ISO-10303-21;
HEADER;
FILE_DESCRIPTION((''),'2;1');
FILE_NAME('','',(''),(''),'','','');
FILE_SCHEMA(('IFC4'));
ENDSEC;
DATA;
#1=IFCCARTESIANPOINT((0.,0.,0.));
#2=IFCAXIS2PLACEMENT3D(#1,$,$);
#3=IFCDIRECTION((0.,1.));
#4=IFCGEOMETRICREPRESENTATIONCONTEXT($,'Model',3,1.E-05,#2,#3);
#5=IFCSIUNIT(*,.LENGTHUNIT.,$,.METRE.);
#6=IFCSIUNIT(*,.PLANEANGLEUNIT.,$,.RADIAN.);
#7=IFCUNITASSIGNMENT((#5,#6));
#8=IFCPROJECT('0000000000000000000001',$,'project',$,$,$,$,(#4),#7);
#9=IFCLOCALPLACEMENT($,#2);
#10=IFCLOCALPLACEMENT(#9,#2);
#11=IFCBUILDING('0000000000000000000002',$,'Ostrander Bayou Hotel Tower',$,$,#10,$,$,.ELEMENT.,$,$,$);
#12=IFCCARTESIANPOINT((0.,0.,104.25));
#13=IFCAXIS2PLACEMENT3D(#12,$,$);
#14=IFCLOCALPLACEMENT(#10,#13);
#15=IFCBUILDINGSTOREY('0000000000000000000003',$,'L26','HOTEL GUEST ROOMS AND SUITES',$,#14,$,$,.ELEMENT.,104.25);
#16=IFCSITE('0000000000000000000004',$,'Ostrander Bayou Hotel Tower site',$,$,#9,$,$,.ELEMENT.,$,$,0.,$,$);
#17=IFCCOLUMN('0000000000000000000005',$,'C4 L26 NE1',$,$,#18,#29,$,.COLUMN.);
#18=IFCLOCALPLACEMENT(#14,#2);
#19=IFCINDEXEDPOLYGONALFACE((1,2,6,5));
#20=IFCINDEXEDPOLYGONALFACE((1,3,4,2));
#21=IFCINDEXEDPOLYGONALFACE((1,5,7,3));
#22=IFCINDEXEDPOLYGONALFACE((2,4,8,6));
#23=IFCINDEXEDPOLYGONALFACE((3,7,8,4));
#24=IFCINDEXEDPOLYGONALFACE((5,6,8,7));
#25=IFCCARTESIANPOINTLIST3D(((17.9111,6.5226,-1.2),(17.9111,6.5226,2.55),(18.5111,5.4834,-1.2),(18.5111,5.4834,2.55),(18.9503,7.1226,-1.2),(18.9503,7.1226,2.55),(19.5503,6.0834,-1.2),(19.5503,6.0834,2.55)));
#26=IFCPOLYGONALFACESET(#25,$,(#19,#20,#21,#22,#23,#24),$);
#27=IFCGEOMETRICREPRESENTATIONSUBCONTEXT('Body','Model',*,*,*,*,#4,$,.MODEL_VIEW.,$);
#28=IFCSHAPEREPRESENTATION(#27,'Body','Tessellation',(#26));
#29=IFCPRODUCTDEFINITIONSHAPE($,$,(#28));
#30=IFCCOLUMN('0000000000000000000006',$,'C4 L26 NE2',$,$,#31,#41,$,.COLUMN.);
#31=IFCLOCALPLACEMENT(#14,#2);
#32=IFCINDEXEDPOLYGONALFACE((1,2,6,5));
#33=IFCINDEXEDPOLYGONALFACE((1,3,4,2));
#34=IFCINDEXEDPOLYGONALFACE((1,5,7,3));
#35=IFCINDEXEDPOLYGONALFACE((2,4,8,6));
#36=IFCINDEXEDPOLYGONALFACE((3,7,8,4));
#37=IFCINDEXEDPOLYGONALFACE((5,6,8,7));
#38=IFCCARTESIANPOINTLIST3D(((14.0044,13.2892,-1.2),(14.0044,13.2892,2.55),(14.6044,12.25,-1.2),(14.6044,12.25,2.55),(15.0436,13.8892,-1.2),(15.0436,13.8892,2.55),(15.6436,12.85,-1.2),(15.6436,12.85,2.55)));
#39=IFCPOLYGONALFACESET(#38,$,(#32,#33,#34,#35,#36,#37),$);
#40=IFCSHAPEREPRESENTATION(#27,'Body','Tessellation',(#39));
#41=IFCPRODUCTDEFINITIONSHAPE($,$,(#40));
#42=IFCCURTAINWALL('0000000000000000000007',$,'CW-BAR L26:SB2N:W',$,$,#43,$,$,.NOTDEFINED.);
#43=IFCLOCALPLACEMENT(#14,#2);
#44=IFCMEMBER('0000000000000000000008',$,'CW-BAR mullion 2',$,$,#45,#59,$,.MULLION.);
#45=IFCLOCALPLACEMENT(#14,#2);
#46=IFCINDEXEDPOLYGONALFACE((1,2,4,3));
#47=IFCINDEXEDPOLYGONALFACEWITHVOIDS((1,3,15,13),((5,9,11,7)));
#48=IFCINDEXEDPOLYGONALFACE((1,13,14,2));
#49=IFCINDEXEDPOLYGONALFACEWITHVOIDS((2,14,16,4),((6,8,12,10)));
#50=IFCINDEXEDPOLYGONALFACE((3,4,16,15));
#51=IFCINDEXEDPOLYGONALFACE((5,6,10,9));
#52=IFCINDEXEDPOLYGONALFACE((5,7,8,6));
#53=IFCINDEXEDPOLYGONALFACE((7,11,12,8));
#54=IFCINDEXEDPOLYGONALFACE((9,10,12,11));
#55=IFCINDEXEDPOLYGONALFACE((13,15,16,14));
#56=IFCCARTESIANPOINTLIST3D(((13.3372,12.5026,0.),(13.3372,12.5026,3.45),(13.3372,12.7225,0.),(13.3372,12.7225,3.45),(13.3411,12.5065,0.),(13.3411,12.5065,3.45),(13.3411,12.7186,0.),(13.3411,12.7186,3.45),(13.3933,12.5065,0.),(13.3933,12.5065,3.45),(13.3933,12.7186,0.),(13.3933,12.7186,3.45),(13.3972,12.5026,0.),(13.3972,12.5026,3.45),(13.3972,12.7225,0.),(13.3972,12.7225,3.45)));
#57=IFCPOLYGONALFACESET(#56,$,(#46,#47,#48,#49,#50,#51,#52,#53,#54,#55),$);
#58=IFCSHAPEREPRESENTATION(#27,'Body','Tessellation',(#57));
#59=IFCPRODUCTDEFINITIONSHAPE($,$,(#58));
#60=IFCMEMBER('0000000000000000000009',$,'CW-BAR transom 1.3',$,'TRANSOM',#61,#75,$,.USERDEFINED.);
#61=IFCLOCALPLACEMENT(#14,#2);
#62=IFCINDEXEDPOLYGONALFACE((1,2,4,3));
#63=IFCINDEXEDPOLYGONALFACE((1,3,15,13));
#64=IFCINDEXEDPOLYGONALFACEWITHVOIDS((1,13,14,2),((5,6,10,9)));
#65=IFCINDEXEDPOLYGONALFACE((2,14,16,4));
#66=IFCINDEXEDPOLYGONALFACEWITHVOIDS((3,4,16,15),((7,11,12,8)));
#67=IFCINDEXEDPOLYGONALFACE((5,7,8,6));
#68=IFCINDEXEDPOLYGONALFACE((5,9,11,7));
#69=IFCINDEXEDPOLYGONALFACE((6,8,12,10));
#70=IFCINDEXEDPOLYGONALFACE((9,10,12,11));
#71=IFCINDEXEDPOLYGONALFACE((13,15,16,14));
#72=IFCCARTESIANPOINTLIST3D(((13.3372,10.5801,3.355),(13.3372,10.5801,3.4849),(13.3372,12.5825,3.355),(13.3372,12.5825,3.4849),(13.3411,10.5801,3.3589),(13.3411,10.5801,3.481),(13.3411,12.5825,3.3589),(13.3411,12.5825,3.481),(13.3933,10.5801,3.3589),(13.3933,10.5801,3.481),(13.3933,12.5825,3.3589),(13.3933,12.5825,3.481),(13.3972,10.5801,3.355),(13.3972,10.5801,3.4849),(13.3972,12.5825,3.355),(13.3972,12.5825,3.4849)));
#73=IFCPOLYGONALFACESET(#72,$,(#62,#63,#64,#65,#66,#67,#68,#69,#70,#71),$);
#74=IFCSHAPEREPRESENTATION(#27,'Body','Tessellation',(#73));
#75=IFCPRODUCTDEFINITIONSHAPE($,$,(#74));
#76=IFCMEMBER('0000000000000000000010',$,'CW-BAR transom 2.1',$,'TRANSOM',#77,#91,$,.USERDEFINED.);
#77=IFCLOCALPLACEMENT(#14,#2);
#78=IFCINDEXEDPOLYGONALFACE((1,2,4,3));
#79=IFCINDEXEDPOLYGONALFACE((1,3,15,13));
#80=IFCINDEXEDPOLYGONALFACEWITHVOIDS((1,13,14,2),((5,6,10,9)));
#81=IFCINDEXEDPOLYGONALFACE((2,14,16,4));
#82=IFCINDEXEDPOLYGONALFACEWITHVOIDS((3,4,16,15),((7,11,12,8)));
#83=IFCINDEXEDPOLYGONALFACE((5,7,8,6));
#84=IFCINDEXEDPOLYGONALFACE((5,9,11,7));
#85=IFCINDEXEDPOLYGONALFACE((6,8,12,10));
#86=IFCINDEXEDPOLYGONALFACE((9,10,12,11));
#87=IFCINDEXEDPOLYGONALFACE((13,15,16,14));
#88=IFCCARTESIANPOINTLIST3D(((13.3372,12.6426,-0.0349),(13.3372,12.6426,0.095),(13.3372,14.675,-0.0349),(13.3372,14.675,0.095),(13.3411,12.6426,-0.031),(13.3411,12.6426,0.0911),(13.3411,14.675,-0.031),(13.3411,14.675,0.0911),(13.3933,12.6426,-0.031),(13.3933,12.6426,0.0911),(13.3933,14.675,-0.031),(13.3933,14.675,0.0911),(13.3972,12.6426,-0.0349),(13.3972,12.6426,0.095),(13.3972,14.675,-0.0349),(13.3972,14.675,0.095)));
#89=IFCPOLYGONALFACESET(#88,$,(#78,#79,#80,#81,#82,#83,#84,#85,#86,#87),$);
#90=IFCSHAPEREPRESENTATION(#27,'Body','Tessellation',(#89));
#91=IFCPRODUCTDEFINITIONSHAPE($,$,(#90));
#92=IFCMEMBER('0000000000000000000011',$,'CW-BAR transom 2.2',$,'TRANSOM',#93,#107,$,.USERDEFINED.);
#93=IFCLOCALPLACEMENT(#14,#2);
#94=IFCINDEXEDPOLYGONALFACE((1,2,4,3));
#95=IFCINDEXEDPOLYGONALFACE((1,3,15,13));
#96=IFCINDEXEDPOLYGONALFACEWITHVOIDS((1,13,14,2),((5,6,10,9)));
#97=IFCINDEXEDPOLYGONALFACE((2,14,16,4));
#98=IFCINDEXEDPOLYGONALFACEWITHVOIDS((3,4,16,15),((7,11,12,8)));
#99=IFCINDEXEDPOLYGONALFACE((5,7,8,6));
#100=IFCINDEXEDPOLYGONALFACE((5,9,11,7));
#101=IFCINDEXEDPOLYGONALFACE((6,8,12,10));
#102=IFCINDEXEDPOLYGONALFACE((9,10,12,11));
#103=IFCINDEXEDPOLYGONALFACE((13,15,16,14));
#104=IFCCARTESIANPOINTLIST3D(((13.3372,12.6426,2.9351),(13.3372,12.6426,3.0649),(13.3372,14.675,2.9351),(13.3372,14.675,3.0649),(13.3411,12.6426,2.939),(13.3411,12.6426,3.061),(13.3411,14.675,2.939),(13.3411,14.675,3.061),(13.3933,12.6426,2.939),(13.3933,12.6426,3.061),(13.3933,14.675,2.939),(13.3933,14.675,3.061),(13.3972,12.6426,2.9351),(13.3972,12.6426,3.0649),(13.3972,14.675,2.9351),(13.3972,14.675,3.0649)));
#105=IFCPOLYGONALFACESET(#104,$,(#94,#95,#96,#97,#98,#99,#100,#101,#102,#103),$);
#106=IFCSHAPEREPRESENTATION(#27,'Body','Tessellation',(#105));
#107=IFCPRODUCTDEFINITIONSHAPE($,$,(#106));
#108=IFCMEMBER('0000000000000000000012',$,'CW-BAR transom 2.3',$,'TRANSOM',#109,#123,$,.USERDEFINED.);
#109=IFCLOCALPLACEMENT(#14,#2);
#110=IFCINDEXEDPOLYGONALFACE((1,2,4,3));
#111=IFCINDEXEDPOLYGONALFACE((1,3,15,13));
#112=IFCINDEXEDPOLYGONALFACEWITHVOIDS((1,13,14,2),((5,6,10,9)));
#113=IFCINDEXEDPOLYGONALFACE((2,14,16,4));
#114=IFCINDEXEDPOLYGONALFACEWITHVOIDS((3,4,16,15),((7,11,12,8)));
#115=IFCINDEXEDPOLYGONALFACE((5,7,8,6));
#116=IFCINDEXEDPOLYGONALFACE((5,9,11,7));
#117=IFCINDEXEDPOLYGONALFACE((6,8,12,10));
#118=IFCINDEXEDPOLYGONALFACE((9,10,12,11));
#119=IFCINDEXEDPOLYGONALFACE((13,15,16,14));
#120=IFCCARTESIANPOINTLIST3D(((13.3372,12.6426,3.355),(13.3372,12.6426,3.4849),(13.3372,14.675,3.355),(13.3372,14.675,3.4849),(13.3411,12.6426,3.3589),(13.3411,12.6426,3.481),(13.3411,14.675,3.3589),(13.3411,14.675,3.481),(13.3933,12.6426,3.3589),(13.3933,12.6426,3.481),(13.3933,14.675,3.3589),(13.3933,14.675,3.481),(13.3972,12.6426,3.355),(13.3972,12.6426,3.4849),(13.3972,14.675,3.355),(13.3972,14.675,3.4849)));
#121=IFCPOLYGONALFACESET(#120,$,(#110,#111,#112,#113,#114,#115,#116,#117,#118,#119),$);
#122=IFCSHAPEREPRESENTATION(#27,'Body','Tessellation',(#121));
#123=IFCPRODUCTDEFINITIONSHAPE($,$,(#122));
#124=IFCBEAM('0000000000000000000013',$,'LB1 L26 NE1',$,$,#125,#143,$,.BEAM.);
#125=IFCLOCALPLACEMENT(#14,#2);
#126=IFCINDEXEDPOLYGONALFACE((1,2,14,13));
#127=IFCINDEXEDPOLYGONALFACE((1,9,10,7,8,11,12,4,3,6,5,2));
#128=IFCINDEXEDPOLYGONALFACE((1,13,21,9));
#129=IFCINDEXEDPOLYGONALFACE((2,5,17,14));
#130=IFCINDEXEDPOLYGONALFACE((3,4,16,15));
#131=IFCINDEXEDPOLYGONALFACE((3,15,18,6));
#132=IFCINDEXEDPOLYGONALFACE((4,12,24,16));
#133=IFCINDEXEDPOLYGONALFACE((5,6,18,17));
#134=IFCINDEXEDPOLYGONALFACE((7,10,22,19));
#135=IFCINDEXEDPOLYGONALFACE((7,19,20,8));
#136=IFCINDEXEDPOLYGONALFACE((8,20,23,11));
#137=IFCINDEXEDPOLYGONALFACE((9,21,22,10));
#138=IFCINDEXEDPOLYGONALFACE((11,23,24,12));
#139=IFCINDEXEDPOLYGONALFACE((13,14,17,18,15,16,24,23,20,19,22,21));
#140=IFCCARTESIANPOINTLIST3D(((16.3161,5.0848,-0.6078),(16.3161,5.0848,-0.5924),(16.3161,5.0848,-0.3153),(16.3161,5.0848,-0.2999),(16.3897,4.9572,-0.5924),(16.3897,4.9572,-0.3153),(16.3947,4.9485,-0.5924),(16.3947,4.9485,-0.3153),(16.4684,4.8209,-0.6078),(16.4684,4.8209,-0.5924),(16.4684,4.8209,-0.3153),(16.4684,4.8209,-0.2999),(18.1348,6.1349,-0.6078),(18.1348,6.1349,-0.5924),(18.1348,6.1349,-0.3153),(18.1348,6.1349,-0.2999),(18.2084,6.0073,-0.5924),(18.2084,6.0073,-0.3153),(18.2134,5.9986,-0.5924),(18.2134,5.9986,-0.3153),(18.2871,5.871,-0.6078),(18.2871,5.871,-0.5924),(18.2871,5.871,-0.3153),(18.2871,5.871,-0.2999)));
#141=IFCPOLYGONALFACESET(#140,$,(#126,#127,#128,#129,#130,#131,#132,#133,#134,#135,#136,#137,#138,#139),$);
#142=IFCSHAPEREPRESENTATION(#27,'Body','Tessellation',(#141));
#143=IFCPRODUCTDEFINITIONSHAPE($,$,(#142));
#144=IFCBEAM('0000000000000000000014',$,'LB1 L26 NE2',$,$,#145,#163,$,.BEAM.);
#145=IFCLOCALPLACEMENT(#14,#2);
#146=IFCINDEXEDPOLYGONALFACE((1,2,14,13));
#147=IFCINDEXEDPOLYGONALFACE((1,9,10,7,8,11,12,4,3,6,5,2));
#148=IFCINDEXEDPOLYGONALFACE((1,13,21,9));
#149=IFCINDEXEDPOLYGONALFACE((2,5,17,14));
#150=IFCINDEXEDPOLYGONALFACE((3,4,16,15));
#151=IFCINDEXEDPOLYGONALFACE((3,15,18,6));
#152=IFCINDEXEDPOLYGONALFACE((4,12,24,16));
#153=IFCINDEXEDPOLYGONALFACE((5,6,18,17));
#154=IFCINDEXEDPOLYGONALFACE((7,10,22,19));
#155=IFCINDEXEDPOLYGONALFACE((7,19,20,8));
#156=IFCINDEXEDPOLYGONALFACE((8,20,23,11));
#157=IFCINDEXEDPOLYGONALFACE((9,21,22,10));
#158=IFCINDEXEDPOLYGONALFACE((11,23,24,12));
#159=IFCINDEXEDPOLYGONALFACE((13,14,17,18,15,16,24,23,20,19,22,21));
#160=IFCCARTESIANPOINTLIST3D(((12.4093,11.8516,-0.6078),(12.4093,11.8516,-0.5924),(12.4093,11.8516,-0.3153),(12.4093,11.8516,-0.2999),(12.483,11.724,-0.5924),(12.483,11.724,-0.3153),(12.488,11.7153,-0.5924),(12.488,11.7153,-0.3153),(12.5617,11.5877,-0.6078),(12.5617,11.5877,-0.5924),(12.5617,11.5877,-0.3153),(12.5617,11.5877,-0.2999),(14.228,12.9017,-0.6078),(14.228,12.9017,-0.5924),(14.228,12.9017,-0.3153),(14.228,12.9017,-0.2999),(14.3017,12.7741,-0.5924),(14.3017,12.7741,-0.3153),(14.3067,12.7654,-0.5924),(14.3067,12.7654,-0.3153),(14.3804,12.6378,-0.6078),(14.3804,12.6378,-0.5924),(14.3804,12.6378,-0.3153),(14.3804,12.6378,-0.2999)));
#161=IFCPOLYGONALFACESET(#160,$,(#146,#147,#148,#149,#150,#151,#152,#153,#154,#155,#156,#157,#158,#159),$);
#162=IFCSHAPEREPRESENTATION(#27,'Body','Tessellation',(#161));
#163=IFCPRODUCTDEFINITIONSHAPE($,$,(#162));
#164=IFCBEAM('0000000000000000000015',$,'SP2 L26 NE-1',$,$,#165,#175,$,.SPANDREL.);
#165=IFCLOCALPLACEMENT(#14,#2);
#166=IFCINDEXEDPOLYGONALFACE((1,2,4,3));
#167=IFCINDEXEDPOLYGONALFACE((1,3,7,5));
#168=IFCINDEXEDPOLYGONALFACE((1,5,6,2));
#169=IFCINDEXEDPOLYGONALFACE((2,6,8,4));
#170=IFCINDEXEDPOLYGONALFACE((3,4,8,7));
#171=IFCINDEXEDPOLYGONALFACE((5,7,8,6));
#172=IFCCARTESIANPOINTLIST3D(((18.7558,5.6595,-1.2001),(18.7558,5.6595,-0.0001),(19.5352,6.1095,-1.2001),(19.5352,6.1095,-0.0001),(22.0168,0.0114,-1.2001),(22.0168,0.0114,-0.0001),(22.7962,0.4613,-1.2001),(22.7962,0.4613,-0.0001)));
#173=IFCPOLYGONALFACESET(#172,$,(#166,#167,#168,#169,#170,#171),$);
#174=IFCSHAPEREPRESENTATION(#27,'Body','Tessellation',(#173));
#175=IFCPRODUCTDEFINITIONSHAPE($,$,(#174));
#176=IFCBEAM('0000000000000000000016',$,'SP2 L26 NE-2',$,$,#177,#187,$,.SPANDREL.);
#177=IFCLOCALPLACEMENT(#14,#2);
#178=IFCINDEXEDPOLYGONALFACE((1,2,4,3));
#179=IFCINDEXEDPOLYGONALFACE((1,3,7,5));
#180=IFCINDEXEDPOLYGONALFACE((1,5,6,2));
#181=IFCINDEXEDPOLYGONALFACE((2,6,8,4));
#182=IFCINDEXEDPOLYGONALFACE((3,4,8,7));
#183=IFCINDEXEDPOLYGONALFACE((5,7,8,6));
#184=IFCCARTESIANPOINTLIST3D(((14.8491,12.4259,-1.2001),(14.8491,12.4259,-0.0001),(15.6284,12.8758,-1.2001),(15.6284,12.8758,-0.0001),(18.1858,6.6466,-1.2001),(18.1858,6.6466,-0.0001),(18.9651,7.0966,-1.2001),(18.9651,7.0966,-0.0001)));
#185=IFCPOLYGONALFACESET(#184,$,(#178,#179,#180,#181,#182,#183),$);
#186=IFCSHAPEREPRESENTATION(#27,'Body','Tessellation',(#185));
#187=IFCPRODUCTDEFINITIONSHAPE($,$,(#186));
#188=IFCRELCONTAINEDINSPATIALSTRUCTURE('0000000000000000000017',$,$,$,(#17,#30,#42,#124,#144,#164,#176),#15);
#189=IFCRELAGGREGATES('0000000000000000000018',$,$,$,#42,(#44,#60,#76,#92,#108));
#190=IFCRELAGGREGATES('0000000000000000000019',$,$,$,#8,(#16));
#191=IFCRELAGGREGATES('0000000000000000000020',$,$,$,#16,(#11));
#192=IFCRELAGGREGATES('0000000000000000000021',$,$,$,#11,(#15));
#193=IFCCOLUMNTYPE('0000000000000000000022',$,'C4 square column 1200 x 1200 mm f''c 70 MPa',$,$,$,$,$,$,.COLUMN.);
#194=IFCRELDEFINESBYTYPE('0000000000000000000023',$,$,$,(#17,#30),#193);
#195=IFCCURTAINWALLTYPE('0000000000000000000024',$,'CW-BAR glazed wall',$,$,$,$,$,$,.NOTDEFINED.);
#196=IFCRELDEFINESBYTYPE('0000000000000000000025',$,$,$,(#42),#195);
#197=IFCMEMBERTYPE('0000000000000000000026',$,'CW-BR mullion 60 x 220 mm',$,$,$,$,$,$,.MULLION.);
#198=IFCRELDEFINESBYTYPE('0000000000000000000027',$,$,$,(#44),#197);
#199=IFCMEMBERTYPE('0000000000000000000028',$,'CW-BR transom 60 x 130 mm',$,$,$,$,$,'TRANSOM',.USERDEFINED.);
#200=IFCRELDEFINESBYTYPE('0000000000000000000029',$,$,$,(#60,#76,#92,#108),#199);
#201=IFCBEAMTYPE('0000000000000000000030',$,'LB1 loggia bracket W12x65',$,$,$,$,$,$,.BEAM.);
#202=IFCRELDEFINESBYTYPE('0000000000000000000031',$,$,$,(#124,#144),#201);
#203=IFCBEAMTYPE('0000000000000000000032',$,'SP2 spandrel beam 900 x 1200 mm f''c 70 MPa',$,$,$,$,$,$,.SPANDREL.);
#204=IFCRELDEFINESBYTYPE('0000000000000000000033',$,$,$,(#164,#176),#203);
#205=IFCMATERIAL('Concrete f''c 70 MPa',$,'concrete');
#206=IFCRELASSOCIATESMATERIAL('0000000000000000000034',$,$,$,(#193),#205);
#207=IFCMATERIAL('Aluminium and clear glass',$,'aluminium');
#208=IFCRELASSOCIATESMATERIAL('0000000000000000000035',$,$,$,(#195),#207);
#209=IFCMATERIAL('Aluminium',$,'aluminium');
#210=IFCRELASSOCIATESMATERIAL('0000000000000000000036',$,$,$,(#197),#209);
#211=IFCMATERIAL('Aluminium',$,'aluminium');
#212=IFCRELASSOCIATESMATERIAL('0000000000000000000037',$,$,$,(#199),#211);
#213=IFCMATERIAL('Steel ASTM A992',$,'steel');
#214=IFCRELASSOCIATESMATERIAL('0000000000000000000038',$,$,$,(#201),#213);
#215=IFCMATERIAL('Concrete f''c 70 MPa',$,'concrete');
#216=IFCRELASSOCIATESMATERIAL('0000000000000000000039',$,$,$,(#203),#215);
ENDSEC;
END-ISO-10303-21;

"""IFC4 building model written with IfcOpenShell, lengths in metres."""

from ifc_helpers import new_model, si_unit, direction, frame, origin, origin_2d, place, context, subcontext, project, spatial, rectangle, hollow_rectangle, i_section, extrude, material, material_profile, profile_set, type_object, element, aggregate, save


model = new_model("IFC4")

# Units and contexts
model_context = context("Model", 3, precision=1e-05, world=origin(), true_north=direction((0.0, 1.0)))
body_context = subcontext(model_context, "Body", "Model", "MODEL_VIEW")
ifc_project = project(units=[si_unit("LENGTHUNIT", "METRE"), si_unit("PLANEANGLEUNIT", "RADIAN")], contexts=[model_context])

# Site, building, storey
site_placement = place(None, origin())
site = spatial("IfcSite", under=ifc_project, at=site_placement, Name="Ostrander Bayou Hotel Tower site", CompositionType="ELEMENT", RefElevation=0.0)
building_placement = place(site_placement, origin())
building = spatial("IfcBuilding", under=site, at=building_placement, Name="Ostrander Bayou Hotel Tower", CompositionType="ELEMENT")
storey_placement = place(building_placement, frame((0.0, 0.0, 104.25)))
storey = spatial("IfcBuildingStorey", under=building, at=storey_placement, Name="L26", Description="HOTEL GUEST ROOMS AND SUITES", CompositionType="ELEMENT", Elevation=104.25)

# Columns
ifc_material_1 = material(Name="Concrete f'c 70 MPa", Category="concrete")
ifc_material_profile_1 = material_profile(ifc_material_1, rectangle(XDim=1.2, YDim=1.2, at=origin_2d()))
ifc_profile_set_1 = profile_set([ifc_material_profile_1], Name="Concrete f'c 70 MPa")
column_type = type_object("IfcColumnType", Name="C4 square column 1200 x 1200 mm f'c 70 MPa", PredefinedType="COLUMN", material=ifc_profile_set_1)
for number, where, z_axis, x_axis, name in (
    (1, (18.7307, 6.303, -1.2), (0.0, 0.0, 1.0), (0.5, -0.866025, 0.0), "C4 L26 NE1"),
    (2, (14.824, 13.0696, -1.2), (0.0, 0.0, 1.0), (0.5, -0.866025, 0.0), "C4 L26 NE2"),
):
    element("IfcColumn", number, at=place(storey_placement, frame(where, z_axis=z_axis, x_axis=x_axis)), inside=storey, type_object=column_type, Name=name, PredefinedType="COLUMN", context=body_context, shape_type="SweptSolid", body=[
        extrude(rectangle(XDim=1.2, YDim=1.2, at=origin_2d()), origin(), (0.0, 0.0, 1.0), 3.75),
    ])

# Curtain wall, members
ifc_material_2 = material(Name="Aluminium and clear glass", Category="aluminium")
curtain_wall_type = type_object("IfcCurtainWallType", Name="CW-BAR glazed wall", PredefinedType="NOTDEFINED", material=ifc_material_2)
curtain_wall_placement = place(storey_placement, origin())
curtain_wall = element("IfcCurtainWall", 3, at=curtain_wall_placement, inside=storey, type_object=curtain_wall_type, Name="CW-BAR L26:SB2N:W", PredefinedType="NOTDEFINED")
ifc_material_3 = material(Name="Aluminium", Category="aluminium")
ifc_material_profile_2 = material_profile(ifc_material_3, hollow_rectangle(XDim=0.0601, YDim=0.22, WallThickness=0.0039, at=origin_2d()))
ifc_profile_set_2 = profile_set([ifc_material_profile_2], Name="Aluminium")
member_type_1 = type_object("IfcMemberType", Name="CW-BR mullion 60 x 220 mm", PredefinedType="MULLION", material=ifc_profile_set_2)
member_1_placement = place(storey_placement, frame((13.3672, 12.6125, 0.0), z_axis=(0.0, 0.0, 1.0), x_axis=(-1.0, 0.0, 0.0)))
member_1 = element("IfcMember", 4, at=member_1_placement, type_object=member_type_1, Name="CW-BAR mullion 2", PredefinedType="MULLION", context=body_context, shape_type="SweptSolid", body=[
    extrude(hollow_rectangle(XDim=0.0601, YDim=0.22, WallThickness=0.0039, at=origin_2d()), origin(), (0.0, 0.0, 1.0), 3.45),
])
ifc_material_4 = material(Name="Aluminium", Category="aluminium")
ifc_material_profile_3 = material_profile(ifc_material_4, hollow_rectangle(XDim=0.0601, YDim=0.1299, WallThickness=0.0039, at=origin_2d()))
ifc_profile_set_3 = profile_set([ifc_material_profile_3], Name="Aluminium")
member_type_2 = type_object("IfcMemberType", Name="CW-BR transom 60 x 130 mm", ElementType="TRANSOM", PredefinedType="USERDEFINED", material=ifc_profile_set_3)
member_2_placement = place(storey_placement, frame((13.3672, 10.5801, 3.4199), z_axis=(0.0, 1.0, 0.0), x_axis=(-1.0, 0.0, 0.0)))
member_2 = element("IfcMember", 5, at=member_2_placement, type_object=member_type_2, Name="CW-BAR transom 1.3", ObjectType="TRANSOM", PredefinedType="USERDEFINED", context=body_context, shape_type="SweptSolid", body=[
    extrude(hollow_rectangle(XDim=0.0601, YDim=0.1299, WallThickness=0.0039, at=origin_2d()), origin(), (0.0, 0.0, 1.0), 2.0024),
])
member_3_placement = place(storey_placement, frame((13.3672, 12.6426, 0.03), z_axis=(0.0, 1.0, 0.0), x_axis=(-1.0, 0.0, 0.0)))
member_3 = element("IfcMember", 6, at=member_3_placement, type_object=member_type_2, Name="CW-BAR transom 2.1", ObjectType="TRANSOM", PredefinedType="USERDEFINED", context=body_context, shape_type="SweptSolid", body=[
    extrude(hollow_rectangle(XDim=0.0601, YDim=0.1299, WallThickness=0.0039, at=origin_2d()), origin(), (0.0, 0.0, 1.0), 2.0325),
])
member_4_placement = place(storey_placement, frame((13.3672, 12.6426, 3.0), z_axis=(0.0, 1.0, 0.0), x_axis=(-1.0, 0.0, 0.0)))
member_4 = element("IfcMember", 7, at=member_4_placement, type_object=member_type_2, Name="CW-BAR transom 2.2", ObjectType="TRANSOM", PredefinedType="USERDEFINED", context=body_context, shape_type="SweptSolid", body=[
    extrude(hollow_rectangle(XDim=0.0601, YDim=0.1299, WallThickness=0.0039, at=origin_2d()), origin(), (0.0, 0.0, 1.0), 2.0325),
])
member_5_placement = place(storey_placement, frame((13.3672, 12.6426, 3.4199), z_axis=(0.0, 1.0, 0.0), x_axis=(-1.0, 0.0, 0.0)))
member_5 = element("IfcMember", 8, at=member_5_placement, type_object=member_type_2, Name="CW-BAR transom 2.3", ObjectType="TRANSOM", PredefinedType="USERDEFINED", context=body_context, shape_type="SweptSolid", body=[
    extrude(hollow_rectangle(XDim=0.0601, YDim=0.1299, WallThickness=0.0039, at=origin_2d()), origin(), (0.0, 0.0, 1.0), 2.0325),
])

# Beams
ifc_material_5 = material(Name="Steel ASTM A992", Category="steel")
ifc_material_profile_4 = material_profile(ifc_material_5, i_section(OverallWidth=0.3047, OverallDepth=0.3079, WebThickness=0.01, FlangeThickness=0.0154, at=origin_2d()))
ifc_profile_set_4 = profile_set([ifc_material_profile_4], Name="Steel ASTM A992")
beam_type_1 = type_object("IfcBeamType", Name="LB1 loggia bracket W12x65", PredefinedType="BEAM", material=ifc_profile_set_4)
for number, where, z_axis, x_axis, name in (
    (9, (18.2109, 6.0029, -0.4539), (-0.866009, -0.500028, 0.0), (0.500028, -0.866009, 0.0), "LB1 L26 NE1"),
    (10, (14.3042, 12.7698, -0.4539), (-0.866009, -0.500028, 0.0), (0.500028, -0.866009, 0.0), "LB1 L26 NE2"),
):
    element("IfcBeam", number, at=place(storey_placement, frame(where, z_axis=z_axis, x_axis=x_axis)), inside=storey, type_object=beam_type_1, Name=name, PredefinedType="BEAM", context=body_context, shape_type="SweptSolid", body=[
        extrude(i_section(OverallWidth=0.3047, OverallDepth=0.3079, WebThickness=0.01, FlangeThickness=0.0154, at=origin_2d()), origin(), (0.0, 0.0, 1.0), 2.1001),
    ])
ifc_material_6 = material(Name="Concrete f'c 70 MPa", Category="concrete")
ifc_material_profile_5 = material_profile(ifc_material_6, rectangle(XDim=0.8999, YDim=1.2, at=origin_2d()))
ifc_profile_set_5 = profile_set([ifc_material_profile_5], Name="Concrete f'c 70 MPa")
beam_type_2 = type_object("IfcBeamType", Name="SP2 spandrel beam 900 x 1200 mm f'c 70 MPa", PredefinedType="SPANDREL", material=ifc_profile_set_5)
beam_1_placement = place(storey_placement, frame((22.4065, 0.2363, -0.6001), z_axis=(-0.5, 0.866025, 0.0), x_axis=(-0.866025, -0.5, 0.0)))
element("IfcBeam", 11, at=beam_1_placement, inside=storey, type_object=beam_type_2, Name="SP2 L26 NE-1", PredefinedType="SPANDREL", context=body_context, shape_type="SweptSolid", body=[
    extrude(rectangle(XDim=0.8999, YDim=1.2, at=origin_2d()), origin(), (0.0, 0.0, 1.0), 6.522),
])
beam_2_placement = place(storey_placement, frame((18.5754, 6.8716, -0.6001), z_axis=(-0.499999, 0.866026, 0.0), x_axis=(-0.866026, -0.499999, 0.0)))
element("IfcBeam", 12, at=beam_2_placement, inside=storey, type_object=beam_type_2, Name="SP2 L26 NE-2", PredefinedType="SPANDREL", context=body_context, shape_type="SweptSolid", body=[
    extrude(rectangle(XDim=0.8999, YDim=1.2, at=origin_2d()), origin(), (0.0, 0.0, 1.0), 6.6733),
])

aggregate(curtain_wall, [member_1, member_2, member_3, member_4, member_5])

save(model, "model.ifc")
